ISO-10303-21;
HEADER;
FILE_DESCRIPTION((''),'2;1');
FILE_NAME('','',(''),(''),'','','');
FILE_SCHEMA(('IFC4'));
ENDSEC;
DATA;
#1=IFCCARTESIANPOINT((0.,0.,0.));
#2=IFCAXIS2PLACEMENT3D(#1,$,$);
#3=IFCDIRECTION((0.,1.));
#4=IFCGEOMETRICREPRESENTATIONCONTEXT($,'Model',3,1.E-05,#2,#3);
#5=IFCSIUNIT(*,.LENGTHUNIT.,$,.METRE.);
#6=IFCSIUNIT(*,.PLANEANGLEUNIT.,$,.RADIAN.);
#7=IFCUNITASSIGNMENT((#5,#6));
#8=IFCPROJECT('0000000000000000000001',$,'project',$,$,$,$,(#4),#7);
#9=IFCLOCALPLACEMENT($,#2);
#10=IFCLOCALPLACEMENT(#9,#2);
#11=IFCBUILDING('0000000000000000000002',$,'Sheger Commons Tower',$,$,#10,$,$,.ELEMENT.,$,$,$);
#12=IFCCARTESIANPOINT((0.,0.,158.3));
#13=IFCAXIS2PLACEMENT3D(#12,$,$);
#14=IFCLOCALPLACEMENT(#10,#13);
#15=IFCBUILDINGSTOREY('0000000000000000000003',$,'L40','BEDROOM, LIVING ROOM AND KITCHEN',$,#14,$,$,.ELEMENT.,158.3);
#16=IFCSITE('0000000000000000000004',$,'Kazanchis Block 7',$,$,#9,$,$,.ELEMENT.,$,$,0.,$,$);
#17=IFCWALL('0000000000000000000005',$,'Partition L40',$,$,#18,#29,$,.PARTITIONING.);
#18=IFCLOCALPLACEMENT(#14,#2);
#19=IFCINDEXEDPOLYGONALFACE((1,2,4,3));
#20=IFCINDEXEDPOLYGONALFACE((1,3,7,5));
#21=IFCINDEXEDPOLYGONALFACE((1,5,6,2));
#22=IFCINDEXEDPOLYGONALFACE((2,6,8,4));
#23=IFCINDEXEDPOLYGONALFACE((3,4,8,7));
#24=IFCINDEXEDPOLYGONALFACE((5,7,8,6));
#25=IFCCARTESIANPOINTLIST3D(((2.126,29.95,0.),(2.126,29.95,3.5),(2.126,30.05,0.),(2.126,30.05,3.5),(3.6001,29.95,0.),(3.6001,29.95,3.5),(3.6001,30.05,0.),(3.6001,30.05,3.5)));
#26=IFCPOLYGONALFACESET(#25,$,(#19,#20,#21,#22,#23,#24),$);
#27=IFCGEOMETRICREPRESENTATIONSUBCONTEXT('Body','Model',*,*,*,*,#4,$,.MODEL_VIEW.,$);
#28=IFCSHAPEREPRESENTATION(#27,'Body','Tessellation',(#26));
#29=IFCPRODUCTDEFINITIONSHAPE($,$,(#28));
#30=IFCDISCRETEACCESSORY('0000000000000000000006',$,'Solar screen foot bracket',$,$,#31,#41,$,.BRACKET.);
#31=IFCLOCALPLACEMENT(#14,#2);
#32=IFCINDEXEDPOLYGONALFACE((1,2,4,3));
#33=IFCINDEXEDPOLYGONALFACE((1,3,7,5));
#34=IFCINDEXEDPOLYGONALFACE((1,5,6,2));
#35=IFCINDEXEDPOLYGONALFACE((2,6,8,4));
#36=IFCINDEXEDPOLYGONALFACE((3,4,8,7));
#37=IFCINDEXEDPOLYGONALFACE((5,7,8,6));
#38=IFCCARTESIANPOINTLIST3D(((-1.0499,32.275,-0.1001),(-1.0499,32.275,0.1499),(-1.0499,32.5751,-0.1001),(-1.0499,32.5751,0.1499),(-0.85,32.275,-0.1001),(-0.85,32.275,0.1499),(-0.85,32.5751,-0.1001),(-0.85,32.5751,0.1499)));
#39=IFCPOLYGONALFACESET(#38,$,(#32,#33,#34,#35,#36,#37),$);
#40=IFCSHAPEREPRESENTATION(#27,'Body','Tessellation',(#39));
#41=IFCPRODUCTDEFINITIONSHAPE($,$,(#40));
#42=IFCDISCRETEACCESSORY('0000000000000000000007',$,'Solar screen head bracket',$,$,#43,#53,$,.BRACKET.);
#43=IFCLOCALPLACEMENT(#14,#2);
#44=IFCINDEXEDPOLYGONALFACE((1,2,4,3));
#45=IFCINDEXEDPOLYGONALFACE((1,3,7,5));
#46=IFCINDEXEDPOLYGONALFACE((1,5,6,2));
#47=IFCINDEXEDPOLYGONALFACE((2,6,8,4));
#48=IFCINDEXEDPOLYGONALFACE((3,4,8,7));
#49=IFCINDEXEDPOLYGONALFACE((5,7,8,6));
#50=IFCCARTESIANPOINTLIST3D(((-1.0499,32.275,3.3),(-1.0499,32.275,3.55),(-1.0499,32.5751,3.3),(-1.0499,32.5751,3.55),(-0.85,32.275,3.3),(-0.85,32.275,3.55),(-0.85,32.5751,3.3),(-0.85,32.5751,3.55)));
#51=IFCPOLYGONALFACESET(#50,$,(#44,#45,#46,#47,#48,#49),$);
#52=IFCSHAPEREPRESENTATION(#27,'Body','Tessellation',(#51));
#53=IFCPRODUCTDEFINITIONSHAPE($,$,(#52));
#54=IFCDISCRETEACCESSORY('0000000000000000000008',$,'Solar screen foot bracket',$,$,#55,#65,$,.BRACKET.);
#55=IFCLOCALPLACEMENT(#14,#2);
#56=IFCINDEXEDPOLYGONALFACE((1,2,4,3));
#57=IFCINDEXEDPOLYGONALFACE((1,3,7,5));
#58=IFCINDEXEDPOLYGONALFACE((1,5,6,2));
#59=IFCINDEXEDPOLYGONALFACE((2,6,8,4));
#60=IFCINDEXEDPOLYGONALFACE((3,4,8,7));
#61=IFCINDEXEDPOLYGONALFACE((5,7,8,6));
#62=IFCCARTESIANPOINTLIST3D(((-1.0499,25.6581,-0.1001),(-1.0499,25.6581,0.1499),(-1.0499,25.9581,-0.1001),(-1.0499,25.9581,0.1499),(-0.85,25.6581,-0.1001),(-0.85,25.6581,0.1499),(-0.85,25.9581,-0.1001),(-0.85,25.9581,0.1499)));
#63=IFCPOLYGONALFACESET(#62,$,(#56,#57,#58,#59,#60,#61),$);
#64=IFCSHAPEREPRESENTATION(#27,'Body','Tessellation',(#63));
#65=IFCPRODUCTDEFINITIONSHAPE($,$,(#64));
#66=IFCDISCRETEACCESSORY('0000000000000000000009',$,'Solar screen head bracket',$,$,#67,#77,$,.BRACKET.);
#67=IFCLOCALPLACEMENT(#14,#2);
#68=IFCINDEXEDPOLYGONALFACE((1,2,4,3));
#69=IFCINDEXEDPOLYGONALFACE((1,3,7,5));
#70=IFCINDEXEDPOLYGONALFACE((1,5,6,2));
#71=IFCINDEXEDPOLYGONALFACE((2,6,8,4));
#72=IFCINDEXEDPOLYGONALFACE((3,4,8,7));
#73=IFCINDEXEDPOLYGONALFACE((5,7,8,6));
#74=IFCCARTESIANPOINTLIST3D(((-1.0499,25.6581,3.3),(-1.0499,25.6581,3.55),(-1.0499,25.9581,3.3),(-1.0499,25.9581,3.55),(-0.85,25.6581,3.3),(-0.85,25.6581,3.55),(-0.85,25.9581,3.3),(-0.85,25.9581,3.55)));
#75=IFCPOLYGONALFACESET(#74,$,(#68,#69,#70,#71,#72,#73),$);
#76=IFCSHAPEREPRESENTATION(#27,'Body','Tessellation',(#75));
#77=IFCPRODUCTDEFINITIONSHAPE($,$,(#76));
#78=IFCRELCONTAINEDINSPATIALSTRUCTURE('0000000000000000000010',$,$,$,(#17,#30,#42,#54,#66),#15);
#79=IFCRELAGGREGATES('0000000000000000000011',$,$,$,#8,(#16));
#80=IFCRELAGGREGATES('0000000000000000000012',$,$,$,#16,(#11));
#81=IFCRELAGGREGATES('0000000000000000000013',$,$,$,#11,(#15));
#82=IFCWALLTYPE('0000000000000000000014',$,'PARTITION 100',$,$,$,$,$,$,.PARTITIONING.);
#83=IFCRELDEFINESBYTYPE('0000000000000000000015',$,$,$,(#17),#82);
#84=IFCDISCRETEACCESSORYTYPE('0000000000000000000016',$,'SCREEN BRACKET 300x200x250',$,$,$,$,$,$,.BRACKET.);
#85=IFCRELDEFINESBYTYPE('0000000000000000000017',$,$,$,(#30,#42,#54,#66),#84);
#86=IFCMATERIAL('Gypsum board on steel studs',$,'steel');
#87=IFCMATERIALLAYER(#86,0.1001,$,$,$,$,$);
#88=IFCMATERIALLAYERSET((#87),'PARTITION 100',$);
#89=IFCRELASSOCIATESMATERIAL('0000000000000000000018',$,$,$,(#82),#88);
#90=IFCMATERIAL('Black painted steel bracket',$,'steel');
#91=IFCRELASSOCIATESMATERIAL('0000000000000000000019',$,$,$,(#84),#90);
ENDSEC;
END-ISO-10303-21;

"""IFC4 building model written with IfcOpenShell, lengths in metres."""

from ifc_helpers import new_model, si_unit, direction, frame, frame_2d, origin, origin_2d, place, context, subcontext, project, spatial, rectangle, extrude, material, layer, layer_set, type_object, element, save


model = new_model("IFC4")

# Units and contexts
model_context = context("Model", 3, precision=1e-05, world=origin(), true_north=direction((0.0, 1.0)))
body_context = subcontext(model_context, "Body", "Model", "MODEL_VIEW")
ifc_project = project(units=[si_unit("LENGTHUNIT", "METRE"), si_unit("PLANEANGLEUNIT", "RADIAN")], contexts=[model_context])

# Site, building, storey
site_placement = place(None, origin())
site = spatial("IfcSite", under=ifc_project, at=site_placement, Name="Kazanchis Block 7", CompositionType="ELEMENT", RefElevation=0.0)
building_placement = place(site_placement, origin())
building = spatial("IfcBuilding", under=site, at=building_placement, Name="Sheger Commons Tower", CompositionType="ELEMENT")
storey_placement = place(building_placement, frame((0.0, 0.0, 158.3)))
storey = spatial("IfcBuildingStorey", under=building, at=storey_placement, Name="L40", Description="BEDROOM, LIVING ROOM AND KITCHEN", CompositionType="ELEMENT", Elevation=158.3)

# Shared definitions
ifc_material_1 = material(Name="Gypsum board on steel studs", Category="steel")
ifc_layer_1 = layer(ifc_material_1, 0.1001)
ifc_layer_set_1 = layer_set([ifc_layer_1], Name="PARTITION 100")
wall_type_1 = type_object("IfcWallType", Name="PARTITION 100", PredefinedType="PARTITIONING", material=ifc_layer_set_1)

# Wall
wall_1_placement = place(storey_placement, frame((2.126, 30.0, 0.0), z_axis=(0.0, 0.0, 1.0), x_axis=(1.0, 0.0, 0.0)))
element("IfcWall", 1, at=wall_1_placement, inside=storey, type_object=wall_type_1, Name="Partition L40", PredefinedType="PARTITIONING", context=body_context, shape_type="SweptSolid", body=[
    extrude(rectangle(XDim=1.4741, YDim=0.1001, at=frame_2d((0.7371, 0.0))), origin(), (0.0, 0.0, 1.0), 3.5),
])

# Discrete accessories
ifc_material_2 = material(Name="Black painted steel bracket", Category="steel")
discrete_accessory_type = type_object("IfcDiscreteAccessoryType", Name="SCREEN BRACKET 300x200x250", PredefinedType="BRACKET", material=ifc_material_2)
for number, where, z_axis, x_axis, name in (
    (2, (-0.95, 32.425, -0.1001), (0.0, 0.0, 1.0), (0.0, -1.0, 0.0), "Solar screen foot bracket"),
    (3, (-0.95, 32.425, 3.3), (0.0, 0.0, 1.0), (0.0, -1.0, 0.0), "Solar screen head bracket"),
    (4, (-0.95, 25.8081, -0.1001), (0.0, 0.0, 1.0), (0.0, -1.0, 0.0), "Solar screen foot bracket"),
    (5, (-0.95, 25.8081, 3.3), (0.0, 0.0, 1.0), (0.0, -1.0, 0.0), "Solar screen head bracket"),
):
    element("IfcDiscreteAccessory", number, at=place(storey_placement, frame(where, z_axis=z_axis, x_axis=x_axis)), inside=storey, type_object=discrete_accessory_type, Name=name, PredefinedType="BRACKET", context=body_context, shape_type="SweptSolid", body=[
        extrude(rectangle(XDim=0.3, YDim=0.2, at=origin_2d()), origin(), (0.0, 0.0, 1.0), 0.25),
    ])

save(model, "model.ifc")
